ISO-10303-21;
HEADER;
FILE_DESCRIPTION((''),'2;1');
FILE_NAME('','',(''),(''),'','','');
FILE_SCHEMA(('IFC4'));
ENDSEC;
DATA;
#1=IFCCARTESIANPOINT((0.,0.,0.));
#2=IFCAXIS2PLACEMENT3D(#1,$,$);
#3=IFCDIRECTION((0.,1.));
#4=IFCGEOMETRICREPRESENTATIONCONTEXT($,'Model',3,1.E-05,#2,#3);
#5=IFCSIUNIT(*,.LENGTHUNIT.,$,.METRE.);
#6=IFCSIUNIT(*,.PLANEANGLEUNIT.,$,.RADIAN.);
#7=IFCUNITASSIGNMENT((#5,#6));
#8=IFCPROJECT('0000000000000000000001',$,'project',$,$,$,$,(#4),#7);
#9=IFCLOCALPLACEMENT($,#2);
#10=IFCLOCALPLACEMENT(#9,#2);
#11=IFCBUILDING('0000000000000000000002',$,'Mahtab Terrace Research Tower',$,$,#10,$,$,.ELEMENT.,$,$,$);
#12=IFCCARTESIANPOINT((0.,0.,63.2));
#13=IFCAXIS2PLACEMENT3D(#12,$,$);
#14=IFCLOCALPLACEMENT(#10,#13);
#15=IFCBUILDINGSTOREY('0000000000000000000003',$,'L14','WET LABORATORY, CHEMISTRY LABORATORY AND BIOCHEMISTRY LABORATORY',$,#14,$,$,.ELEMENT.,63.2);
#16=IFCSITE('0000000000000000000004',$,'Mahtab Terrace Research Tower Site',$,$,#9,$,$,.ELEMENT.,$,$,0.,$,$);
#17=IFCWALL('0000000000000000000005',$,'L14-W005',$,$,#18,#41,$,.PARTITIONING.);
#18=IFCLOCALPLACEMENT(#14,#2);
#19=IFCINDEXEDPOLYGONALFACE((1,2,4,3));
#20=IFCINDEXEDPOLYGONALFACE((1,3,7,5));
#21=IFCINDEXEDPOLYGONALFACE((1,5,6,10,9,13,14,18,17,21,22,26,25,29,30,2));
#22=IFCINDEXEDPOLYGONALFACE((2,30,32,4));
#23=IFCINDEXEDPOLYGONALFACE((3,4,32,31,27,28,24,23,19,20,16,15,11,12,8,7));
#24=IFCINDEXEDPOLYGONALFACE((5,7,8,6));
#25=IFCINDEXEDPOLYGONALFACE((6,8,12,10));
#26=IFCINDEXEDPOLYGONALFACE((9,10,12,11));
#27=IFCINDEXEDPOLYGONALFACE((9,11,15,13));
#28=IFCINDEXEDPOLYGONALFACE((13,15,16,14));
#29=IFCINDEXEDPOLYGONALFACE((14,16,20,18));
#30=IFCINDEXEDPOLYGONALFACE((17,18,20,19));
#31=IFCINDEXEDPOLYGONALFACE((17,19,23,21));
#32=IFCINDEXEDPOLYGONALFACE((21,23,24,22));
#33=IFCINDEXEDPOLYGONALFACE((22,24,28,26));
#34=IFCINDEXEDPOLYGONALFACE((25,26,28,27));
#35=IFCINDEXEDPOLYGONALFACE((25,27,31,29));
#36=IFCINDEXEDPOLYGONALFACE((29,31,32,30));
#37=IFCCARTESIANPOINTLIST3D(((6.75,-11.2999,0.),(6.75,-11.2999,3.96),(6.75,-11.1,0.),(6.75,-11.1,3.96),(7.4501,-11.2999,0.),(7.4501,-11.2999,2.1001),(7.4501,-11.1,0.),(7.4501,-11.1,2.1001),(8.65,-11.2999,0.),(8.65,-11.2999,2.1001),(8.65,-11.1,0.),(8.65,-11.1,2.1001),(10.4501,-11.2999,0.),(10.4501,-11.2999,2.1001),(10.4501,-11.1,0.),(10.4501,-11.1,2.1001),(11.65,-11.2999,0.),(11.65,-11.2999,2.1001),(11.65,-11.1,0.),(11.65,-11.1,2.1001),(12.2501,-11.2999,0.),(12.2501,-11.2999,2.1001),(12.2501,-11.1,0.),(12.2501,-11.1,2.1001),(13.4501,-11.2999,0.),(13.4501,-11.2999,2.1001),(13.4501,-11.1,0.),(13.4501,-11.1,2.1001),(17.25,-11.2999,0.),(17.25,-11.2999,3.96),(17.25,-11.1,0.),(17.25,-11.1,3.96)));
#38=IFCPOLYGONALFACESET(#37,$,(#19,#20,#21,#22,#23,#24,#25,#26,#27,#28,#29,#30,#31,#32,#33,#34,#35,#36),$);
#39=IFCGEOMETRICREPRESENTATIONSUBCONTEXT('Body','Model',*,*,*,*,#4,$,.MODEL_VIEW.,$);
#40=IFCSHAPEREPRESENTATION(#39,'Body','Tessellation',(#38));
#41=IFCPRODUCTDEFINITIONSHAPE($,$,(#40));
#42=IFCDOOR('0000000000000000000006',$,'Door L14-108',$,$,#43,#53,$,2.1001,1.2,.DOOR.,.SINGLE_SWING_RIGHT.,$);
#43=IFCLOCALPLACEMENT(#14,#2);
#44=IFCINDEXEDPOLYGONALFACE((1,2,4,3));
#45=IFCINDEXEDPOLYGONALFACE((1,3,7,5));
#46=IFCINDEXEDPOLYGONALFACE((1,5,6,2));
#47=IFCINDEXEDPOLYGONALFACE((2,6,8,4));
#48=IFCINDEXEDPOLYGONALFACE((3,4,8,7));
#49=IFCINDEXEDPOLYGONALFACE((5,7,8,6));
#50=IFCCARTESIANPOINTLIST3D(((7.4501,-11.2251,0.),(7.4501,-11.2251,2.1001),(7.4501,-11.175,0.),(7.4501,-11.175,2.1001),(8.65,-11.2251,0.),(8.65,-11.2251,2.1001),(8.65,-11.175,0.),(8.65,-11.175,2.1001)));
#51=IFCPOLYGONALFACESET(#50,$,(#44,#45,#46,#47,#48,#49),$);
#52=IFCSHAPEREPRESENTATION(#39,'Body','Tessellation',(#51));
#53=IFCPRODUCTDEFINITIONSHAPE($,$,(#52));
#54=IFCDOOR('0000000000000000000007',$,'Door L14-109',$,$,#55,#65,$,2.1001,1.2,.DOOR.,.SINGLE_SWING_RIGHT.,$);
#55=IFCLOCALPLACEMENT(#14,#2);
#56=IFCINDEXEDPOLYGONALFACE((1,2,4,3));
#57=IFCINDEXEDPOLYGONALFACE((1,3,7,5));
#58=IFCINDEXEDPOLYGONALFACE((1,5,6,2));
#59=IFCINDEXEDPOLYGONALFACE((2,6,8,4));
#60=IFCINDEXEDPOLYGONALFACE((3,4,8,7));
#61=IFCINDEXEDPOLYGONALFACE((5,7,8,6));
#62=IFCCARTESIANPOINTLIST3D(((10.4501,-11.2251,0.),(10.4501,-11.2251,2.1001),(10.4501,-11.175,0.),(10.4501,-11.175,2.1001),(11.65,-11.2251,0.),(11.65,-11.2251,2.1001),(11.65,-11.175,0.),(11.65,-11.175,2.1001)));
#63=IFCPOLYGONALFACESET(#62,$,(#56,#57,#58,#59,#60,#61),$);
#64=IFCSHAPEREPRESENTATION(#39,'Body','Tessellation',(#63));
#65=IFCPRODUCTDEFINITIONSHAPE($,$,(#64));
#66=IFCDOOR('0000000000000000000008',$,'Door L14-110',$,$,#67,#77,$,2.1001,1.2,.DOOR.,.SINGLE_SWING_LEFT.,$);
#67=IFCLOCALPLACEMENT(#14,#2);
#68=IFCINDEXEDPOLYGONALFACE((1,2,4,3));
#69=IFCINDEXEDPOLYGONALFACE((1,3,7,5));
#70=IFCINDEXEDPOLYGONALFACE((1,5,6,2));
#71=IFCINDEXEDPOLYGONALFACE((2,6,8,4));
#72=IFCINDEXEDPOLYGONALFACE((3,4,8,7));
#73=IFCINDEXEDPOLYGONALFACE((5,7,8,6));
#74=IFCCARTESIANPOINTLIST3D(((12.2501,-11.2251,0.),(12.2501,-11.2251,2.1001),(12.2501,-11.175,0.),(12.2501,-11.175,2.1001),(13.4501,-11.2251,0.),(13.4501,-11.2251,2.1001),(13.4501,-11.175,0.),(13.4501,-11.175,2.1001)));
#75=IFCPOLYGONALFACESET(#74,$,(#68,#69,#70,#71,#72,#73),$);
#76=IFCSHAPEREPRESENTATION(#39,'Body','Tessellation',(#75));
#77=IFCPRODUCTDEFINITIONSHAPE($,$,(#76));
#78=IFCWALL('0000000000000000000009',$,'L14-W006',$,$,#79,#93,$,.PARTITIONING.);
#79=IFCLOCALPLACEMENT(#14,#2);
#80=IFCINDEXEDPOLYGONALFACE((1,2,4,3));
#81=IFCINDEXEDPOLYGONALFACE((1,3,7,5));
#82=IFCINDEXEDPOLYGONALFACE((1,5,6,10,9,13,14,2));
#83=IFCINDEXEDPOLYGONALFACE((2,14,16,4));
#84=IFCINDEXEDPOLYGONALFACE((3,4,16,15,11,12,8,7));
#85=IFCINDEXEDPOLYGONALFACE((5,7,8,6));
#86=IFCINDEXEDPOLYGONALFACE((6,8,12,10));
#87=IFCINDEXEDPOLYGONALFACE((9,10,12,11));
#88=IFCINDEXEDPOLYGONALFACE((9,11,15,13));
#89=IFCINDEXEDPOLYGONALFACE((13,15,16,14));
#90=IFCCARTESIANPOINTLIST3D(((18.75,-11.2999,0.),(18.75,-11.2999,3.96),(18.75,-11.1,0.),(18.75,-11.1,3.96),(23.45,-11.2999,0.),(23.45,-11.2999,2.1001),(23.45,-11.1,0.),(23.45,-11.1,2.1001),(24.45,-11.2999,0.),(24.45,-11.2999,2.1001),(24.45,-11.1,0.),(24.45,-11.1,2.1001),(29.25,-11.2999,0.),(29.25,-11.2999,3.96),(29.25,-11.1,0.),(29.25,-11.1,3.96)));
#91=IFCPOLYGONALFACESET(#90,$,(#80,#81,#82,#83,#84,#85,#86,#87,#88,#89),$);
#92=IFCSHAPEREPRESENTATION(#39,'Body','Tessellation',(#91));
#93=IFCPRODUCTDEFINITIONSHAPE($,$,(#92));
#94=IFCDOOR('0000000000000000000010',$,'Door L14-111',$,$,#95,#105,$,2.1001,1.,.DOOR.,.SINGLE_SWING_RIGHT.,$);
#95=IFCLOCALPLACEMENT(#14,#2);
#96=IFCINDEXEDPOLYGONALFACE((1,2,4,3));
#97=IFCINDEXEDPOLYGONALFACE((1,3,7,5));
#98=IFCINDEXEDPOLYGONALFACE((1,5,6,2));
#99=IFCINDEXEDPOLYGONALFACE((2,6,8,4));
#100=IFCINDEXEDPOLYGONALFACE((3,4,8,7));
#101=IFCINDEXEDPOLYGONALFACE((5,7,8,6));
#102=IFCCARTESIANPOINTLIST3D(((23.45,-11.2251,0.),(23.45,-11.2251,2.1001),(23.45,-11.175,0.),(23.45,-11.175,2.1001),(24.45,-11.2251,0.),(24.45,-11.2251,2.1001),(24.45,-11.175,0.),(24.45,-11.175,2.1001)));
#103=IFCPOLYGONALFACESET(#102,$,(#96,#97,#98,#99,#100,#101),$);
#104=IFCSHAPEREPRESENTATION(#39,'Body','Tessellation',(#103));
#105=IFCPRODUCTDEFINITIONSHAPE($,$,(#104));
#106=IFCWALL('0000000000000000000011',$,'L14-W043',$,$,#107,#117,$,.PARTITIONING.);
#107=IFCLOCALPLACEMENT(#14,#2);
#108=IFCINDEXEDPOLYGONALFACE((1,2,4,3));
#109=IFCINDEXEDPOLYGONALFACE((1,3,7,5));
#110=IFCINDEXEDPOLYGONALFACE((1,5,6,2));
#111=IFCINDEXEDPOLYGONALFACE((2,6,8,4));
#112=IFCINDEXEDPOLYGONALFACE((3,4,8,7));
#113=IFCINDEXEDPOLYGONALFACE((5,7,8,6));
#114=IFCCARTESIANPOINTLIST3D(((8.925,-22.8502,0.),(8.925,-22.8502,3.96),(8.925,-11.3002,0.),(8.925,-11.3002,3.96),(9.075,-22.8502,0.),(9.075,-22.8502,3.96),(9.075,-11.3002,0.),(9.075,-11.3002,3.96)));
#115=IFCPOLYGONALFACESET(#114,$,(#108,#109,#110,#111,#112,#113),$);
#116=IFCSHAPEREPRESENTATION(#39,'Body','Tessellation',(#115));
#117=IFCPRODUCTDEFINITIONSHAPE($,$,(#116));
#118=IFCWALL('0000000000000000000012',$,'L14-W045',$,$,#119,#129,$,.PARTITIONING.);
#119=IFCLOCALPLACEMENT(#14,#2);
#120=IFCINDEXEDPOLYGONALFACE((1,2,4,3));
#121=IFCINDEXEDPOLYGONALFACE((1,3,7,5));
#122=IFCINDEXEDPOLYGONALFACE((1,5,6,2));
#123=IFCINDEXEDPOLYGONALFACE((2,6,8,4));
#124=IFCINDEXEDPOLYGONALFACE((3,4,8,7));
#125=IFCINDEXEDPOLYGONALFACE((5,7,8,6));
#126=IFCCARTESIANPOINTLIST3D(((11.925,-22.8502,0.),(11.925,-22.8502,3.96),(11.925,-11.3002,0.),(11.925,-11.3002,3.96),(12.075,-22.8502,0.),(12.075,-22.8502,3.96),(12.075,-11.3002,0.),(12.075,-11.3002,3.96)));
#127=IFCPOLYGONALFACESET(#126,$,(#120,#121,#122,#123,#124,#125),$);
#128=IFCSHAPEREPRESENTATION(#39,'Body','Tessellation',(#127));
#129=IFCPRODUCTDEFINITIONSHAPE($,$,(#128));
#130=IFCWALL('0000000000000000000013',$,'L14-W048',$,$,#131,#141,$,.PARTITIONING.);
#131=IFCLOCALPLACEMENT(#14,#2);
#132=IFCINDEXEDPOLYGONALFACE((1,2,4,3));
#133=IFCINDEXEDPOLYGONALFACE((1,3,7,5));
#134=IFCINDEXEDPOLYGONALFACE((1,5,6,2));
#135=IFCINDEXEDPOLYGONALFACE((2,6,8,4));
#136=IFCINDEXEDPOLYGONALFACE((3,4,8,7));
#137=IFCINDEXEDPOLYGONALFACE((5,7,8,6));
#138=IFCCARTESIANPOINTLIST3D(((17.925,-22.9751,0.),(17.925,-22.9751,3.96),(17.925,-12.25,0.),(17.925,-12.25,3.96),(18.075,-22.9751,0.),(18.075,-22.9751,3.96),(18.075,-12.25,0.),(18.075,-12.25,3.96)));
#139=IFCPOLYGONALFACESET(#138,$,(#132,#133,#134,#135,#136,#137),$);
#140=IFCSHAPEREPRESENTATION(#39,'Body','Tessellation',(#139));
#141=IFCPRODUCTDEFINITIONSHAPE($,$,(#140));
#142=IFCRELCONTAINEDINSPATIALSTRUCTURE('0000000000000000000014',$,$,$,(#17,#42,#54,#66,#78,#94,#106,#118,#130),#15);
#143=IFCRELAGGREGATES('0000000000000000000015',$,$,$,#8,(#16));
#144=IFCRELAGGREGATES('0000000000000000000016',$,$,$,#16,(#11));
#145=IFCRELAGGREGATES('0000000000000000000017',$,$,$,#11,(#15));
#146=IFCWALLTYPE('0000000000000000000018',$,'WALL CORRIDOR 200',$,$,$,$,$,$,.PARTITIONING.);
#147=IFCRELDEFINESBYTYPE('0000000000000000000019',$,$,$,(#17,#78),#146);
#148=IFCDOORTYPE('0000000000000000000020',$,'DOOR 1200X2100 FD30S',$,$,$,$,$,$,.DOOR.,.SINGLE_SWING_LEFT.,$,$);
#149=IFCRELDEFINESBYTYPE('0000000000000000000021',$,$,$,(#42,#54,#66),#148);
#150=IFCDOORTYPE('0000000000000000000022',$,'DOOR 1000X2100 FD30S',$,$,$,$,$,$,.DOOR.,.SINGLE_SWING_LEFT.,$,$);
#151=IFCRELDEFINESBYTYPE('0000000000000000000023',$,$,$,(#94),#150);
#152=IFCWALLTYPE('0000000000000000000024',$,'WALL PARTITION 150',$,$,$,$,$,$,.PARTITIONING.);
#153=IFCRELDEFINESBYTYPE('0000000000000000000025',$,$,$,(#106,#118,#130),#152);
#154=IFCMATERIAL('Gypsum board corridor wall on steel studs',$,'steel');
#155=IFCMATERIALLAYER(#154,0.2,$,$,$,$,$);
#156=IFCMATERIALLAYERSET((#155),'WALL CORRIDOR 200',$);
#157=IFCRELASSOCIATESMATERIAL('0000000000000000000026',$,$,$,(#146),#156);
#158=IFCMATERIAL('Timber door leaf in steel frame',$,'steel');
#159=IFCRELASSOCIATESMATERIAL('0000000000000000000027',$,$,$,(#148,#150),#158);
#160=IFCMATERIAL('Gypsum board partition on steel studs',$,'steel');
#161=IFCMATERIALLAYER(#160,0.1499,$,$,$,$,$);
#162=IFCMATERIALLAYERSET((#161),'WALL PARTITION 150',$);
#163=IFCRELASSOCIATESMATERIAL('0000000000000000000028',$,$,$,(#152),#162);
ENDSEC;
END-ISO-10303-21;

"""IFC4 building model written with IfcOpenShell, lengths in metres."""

from ifc_helpers import new_model, si_unit, direction, frame, frame_2d, origin, place, context, subcontext, project, spatial, rectangle, extrude, material, layer, layer_set, type_object, element, fill, save


model = new_model("IFC4")

# Units and contexts
model_context = context("Model", 3, precision=1e-05, world=origin(), true_north=direction((0.0, 1.0)))
body_context = subcontext(model_context, "Body", "Model", "MODEL_VIEW")
ifc_project = project(units=[si_unit("LENGTHUNIT", "METRE"), si_unit("PLANEANGLEUNIT", "RADIAN")], contexts=[model_context])

# Site, building, storey
site_placement = place(None, origin())
site = spatial("IfcSite", under=ifc_project, at=site_placement, Name="Mahtab Terrace Research Tower Site", CompositionType="ELEMENT", RefElevation=0.0)
building_placement = place(site_placement, origin())
building = spatial("IfcBuilding", under=site, at=building_placement, Name="Mahtab Terrace Research Tower", CompositionType="ELEMENT")
storey_placement = place(building_placement, frame((0.0, 0.0, 63.2)))
storey = spatial("IfcBuildingStorey", under=building, at=storey_placement, Name="L14", Description="WET LABORATORY, CHEMISTRY LABORATORY AND BIOCHEMISTRY LABORATORY", CompositionType="ELEMENT", Elevation=63.2)

# Shared definitions
ifc_material_1 = material(Name="Timber door leaf in steel frame", Category="steel")

# Wall, openings, doors
ifc_material_2 = material(Name="Gypsum board corridor wall on steel studs", Category="steel")
ifc_layer_1 = layer(ifc_material_2, 0.2)
ifc_layer_set_1 = layer_set([ifc_layer_1], Name="WALL CORRIDOR 200")
wall_type_1 = type_object("IfcWallType", Name="WALL CORRIDOR 200", PredefinedType="PARTITIONING", material=ifc_layer_set_1)
wall_1_placement = place(storey_placement, frame((6.75, -11.2, 0.0), z_axis=(0.0, 0.0, 1.0), x_axis=(1.0, 0.0, 0.0)))
wall_1 = element("IfcWall", 1, at=wall_1_placement, inside=storey, type_object=wall_type_1, Name="L14-W005", PredefinedType="PARTITIONING", context=body_context, shape_type="SweptSolid", body=[
    extrude(rectangle(XDim=10.5, YDim=0.2, at=frame_2d((5.25, 0.0))), origin(), (0.0, 0.0, 1.0), 3.96),
])
opening_1_placement = place(wall_1_placement, frame((0.7, 0.0, 0.0)))
opening_1 = element("IfcOpeningElement", 2, at=opening_1_placement, cuts=wall_1, PredefinedType="OPENING", context=body_context, shape_type="SweptSolid", body=[
    extrude(rectangle(XDim=1.2, YDim=2.1001, at=frame_2d((0.6001, 1.05))), frame((0.0, 0.1099, 0.0), z_axis=(0.0, -1.0, 0.0), x_axis=(1.0, 0.0, 0.0)), (0.0, 0.0, 1.0), 0.22),
])
opening_2_placement = place(wall_1_placement, frame((3.7, 0.0, 0.0)))
opening_2 = element("IfcOpeningElement", 3, at=opening_2_placement, cuts=wall_1, PredefinedType="OPENING", context=body_context, shape_type="SweptSolid", body=[
    extrude(rectangle(XDim=1.2, YDim=2.1001, at=frame_2d((0.6001, 1.05))), frame((0.0, 0.1099, 0.0), z_axis=(0.0, -1.0, 0.0), x_axis=(1.0, 0.0, 0.0)), (0.0, 0.0, 1.0), 0.22),
])
opening_3_placement = place(wall_1_placement, frame((5.5, 0.0, 0.0)))
opening_3 = element("IfcOpeningElement", 4, at=opening_3_placement, cuts=wall_1, PredefinedType="OPENING", context=body_context, shape_type="SweptSolid", body=[
    extrude(rectangle(XDim=1.2, YDim=2.1001, at=frame_2d((0.6001, 1.05))), frame((0.0, 0.1099, 0.0), z_axis=(0.0, -1.0, 0.0), x_axis=(1.0, 0.0, 0.0)), (0.0, 0.0, 1.0), 0.22),
])
door_type_1 = type_object("IfcDoorType", Name="DOOR 1200X2100 FD30S", OperationType="SINGLE_SWING_LEFT", PredefinedType="DOOR", material=ifc_material_1)
door_1_placement = place(opening_1_placement, origin())
door_1 = element("IfcDoor", 5, at=door_1_placement, inside=storey, type_object=door_type_1, Name="Door L14-108", OperationType="SINGLE_SWING_RIGHT", OverallHeight=2.1001, OverallWidth=1.2, PredefinedType="DOOR", context=body_context, shape_type="SweptSolid", body=[
    extrude(rectangle(XDim=1.2, YDim=2.1001, at=frame_2d((0.6001, 1.05))), frame((0.0, 0.0249, 0.0), z_axis=(0.0, -1.0, 0.0), x_axis=(1.0, 0.0, 0.0)), (0.0, 0.0, 1.0), 0.05),
])
fill(opening_1, door_1)
door_2_placement = place(opening_2_placement, origin())
door_2 = element("IfcDoor", 6, at=door_2_placement, inside=storey, type_object=door_type_1, Name="Door L14-109", OperationType="SINGLE_SWING_RIGHT", OverallHeight=2.1001, OverallWidth=1.2, PredefinedType="DOOR", context=body_context, shape_type="SweptSolid", body=[
    extrude(rectangle(XDim=1.2, YDim=2.1001, at=frame_2d((0.6001, 1.05))), frame((0.0, 0.0249, 0.0), z_axis=(0.0, -1.0, 0.0), x_axis=(1.0, 0.0, 0.0)), (0.0, 0.0, 1.0), 0.05),
])
fill(opening_2, door_2)
door_3_placement = place(opening_3_placement, origin())
door_3 = element("IfcDoor", 7, at=door_3_placement, inside=storey, type_object=door_type_1, Name="Door L14-110", OperationType="SINGLE_SWING_LEFT", OverallHeight=2.1001, OverallWidth=1.2, PredefinedType="DOOR", context=body_context, shape_type="SweptSolid", body=[
    extrude(rectangle(XDim=1.2, YDim=2.1001, at=frame_2d((0.6001, 1.05))), frame((0.0, 0.0249, 0.0), z_axis=(0.0, -1.0, 0.0), x_axis=(1.0, 0.0, 0.0)), (0.0, 0.0, 1.0), 0.05),
])
fill(opening_3, door_3)

# Wall, opening, door
wall_2_placement = place(storey_placement, frame((18.75, -11.2, 0.0), z_axis=(0.0, 0.0, 1.0), x_axis=(1.0, 0.0, 0.0)))
wall_2 = element("IfcWall", 8, at=wall_2_placement, inside=storey, type_object=wall_type_1, Name="L14-W006", PredefinedType="PARTITIONING", context=body_context, shape_type="SweptSolid", body=[
    extrude(rectangle(XDim=10.5, YDim=0.2, at=frame_2d((5.25, 0.0))), origin(), (0.0, 0.0, 1.0), 3.96),
])
opening_4_placement = place(wall_2_placement, frame((4.7, 0.0, 0.0)))
opening_4 = element("IfcOpeningElement", 9, at=opening_4_placement, cuts=wall_2, PredefinedType="OPENING", context=body_context, shape_type="SweptSolid", body=[
    extrude(rectangle(XDim=1.0, YDim=2.1001, at=frame_2d((0.5, 1.05))), frame((0.0, 0.1099, 0.0), z_axis=(0.0, -1.0, 0.0), x_axis=(1.0, 0.0, 0.0)), (0.0, 0.0, 1.0), 0.22),
])
door_type_2 = type_object("IfcDoorType", Name="DOOR 1000X2100 FD30S", OperationType="SINGLE_SWING_LEFT", PredefinedType="DOOR", material=ifc_material_1)
door_4_placement = place(opening_4_placement, origin())
door_4 = element("IfcDoor", 10, at=door_4_placement, inside=storey, type_object=door_type_2, Name="Door L14-111", OperationType="SINGLE_SWING_RIGHT", OverallHeight=2.1001, OverallWidth=1.0, PredefinedType="DOOR", context=body_context, shape_type="SweptSolid", body=[
    extrude(rectangle(XDim=1.0, YDim=2.1001, at=frame_2d((0.5, 1.05))), frame((0.0, 0.0249, 0.0), z_axis=(0.0, -1.0, 0.0), x_axis=(1.0, 0.0, 0.0)), (0.0, 0.0, 1.0), 0.05),
])
fill(opening_4, door_4)

# Walls
ifc_material_3 = material(Name="Gypsum board partition on steel studs", Category="steel")
ifc_layer_2 = layer(ifc_material_3, 0.1499)
ifc_layer_set_2 = layer_set([ifc_layer_2], Name="WALL PARTITION 150")
wall_type_2 = type_object("IfcWallType", Name="WALL PARTITION 150", PredefinedType="PARTITIONING", material=ifc_layer_set_2)
for number, where, z_axis, x_axis, name in (
    (11, (9.0, -22.8501, 0.0), (0.0, 0.0, 1.0), (0.0, 1.0, 0.0), "L14-W043"),
    (12, (12.0, -22.8501, 0.0), (0.0, 0.0, 1.0), (0.0, 1.0, 0.0), "L14-W045"),
):
    element("IfcWall", number, at=place(storey_placement, frame(where, z_axis=z_axis, x_axis=x_axis)), inside=storey, type_object=wall_type_2, Name=name, PredefinedType="PARTITIONING", context=body_context, shape_type="SweptSolid", body=[
        extrude(rectangle(XDim=11.55, YDim=0.1499, at=frame_2d((5.7749, 0.0))), origin(), (0.0, 0.0, 1.0), 3.96),
    ])
wall_3_placement = place(storey_placement, frame((18.0, -22.9751, 0.0), z_axis=(0.0, 0.0, 1.0), x_axis=(0.0, 1.0, 0.0)))
element("IfcWall", 13, at=wall_3_placement, inside=storey, type_object=wall_type_2, Name="L14-W048", PredefinedType="PARTITIONING", context=body_context, shape_type="SweptSolid", body=[
    extrude(rectangle(XDim=10.7251, YDim=0.1499, at=frame_2d((5.3625, 0.0))), origin(), (0.0, 0.0, 1.0), 3.96),
])

save(model, "model.ifc")
